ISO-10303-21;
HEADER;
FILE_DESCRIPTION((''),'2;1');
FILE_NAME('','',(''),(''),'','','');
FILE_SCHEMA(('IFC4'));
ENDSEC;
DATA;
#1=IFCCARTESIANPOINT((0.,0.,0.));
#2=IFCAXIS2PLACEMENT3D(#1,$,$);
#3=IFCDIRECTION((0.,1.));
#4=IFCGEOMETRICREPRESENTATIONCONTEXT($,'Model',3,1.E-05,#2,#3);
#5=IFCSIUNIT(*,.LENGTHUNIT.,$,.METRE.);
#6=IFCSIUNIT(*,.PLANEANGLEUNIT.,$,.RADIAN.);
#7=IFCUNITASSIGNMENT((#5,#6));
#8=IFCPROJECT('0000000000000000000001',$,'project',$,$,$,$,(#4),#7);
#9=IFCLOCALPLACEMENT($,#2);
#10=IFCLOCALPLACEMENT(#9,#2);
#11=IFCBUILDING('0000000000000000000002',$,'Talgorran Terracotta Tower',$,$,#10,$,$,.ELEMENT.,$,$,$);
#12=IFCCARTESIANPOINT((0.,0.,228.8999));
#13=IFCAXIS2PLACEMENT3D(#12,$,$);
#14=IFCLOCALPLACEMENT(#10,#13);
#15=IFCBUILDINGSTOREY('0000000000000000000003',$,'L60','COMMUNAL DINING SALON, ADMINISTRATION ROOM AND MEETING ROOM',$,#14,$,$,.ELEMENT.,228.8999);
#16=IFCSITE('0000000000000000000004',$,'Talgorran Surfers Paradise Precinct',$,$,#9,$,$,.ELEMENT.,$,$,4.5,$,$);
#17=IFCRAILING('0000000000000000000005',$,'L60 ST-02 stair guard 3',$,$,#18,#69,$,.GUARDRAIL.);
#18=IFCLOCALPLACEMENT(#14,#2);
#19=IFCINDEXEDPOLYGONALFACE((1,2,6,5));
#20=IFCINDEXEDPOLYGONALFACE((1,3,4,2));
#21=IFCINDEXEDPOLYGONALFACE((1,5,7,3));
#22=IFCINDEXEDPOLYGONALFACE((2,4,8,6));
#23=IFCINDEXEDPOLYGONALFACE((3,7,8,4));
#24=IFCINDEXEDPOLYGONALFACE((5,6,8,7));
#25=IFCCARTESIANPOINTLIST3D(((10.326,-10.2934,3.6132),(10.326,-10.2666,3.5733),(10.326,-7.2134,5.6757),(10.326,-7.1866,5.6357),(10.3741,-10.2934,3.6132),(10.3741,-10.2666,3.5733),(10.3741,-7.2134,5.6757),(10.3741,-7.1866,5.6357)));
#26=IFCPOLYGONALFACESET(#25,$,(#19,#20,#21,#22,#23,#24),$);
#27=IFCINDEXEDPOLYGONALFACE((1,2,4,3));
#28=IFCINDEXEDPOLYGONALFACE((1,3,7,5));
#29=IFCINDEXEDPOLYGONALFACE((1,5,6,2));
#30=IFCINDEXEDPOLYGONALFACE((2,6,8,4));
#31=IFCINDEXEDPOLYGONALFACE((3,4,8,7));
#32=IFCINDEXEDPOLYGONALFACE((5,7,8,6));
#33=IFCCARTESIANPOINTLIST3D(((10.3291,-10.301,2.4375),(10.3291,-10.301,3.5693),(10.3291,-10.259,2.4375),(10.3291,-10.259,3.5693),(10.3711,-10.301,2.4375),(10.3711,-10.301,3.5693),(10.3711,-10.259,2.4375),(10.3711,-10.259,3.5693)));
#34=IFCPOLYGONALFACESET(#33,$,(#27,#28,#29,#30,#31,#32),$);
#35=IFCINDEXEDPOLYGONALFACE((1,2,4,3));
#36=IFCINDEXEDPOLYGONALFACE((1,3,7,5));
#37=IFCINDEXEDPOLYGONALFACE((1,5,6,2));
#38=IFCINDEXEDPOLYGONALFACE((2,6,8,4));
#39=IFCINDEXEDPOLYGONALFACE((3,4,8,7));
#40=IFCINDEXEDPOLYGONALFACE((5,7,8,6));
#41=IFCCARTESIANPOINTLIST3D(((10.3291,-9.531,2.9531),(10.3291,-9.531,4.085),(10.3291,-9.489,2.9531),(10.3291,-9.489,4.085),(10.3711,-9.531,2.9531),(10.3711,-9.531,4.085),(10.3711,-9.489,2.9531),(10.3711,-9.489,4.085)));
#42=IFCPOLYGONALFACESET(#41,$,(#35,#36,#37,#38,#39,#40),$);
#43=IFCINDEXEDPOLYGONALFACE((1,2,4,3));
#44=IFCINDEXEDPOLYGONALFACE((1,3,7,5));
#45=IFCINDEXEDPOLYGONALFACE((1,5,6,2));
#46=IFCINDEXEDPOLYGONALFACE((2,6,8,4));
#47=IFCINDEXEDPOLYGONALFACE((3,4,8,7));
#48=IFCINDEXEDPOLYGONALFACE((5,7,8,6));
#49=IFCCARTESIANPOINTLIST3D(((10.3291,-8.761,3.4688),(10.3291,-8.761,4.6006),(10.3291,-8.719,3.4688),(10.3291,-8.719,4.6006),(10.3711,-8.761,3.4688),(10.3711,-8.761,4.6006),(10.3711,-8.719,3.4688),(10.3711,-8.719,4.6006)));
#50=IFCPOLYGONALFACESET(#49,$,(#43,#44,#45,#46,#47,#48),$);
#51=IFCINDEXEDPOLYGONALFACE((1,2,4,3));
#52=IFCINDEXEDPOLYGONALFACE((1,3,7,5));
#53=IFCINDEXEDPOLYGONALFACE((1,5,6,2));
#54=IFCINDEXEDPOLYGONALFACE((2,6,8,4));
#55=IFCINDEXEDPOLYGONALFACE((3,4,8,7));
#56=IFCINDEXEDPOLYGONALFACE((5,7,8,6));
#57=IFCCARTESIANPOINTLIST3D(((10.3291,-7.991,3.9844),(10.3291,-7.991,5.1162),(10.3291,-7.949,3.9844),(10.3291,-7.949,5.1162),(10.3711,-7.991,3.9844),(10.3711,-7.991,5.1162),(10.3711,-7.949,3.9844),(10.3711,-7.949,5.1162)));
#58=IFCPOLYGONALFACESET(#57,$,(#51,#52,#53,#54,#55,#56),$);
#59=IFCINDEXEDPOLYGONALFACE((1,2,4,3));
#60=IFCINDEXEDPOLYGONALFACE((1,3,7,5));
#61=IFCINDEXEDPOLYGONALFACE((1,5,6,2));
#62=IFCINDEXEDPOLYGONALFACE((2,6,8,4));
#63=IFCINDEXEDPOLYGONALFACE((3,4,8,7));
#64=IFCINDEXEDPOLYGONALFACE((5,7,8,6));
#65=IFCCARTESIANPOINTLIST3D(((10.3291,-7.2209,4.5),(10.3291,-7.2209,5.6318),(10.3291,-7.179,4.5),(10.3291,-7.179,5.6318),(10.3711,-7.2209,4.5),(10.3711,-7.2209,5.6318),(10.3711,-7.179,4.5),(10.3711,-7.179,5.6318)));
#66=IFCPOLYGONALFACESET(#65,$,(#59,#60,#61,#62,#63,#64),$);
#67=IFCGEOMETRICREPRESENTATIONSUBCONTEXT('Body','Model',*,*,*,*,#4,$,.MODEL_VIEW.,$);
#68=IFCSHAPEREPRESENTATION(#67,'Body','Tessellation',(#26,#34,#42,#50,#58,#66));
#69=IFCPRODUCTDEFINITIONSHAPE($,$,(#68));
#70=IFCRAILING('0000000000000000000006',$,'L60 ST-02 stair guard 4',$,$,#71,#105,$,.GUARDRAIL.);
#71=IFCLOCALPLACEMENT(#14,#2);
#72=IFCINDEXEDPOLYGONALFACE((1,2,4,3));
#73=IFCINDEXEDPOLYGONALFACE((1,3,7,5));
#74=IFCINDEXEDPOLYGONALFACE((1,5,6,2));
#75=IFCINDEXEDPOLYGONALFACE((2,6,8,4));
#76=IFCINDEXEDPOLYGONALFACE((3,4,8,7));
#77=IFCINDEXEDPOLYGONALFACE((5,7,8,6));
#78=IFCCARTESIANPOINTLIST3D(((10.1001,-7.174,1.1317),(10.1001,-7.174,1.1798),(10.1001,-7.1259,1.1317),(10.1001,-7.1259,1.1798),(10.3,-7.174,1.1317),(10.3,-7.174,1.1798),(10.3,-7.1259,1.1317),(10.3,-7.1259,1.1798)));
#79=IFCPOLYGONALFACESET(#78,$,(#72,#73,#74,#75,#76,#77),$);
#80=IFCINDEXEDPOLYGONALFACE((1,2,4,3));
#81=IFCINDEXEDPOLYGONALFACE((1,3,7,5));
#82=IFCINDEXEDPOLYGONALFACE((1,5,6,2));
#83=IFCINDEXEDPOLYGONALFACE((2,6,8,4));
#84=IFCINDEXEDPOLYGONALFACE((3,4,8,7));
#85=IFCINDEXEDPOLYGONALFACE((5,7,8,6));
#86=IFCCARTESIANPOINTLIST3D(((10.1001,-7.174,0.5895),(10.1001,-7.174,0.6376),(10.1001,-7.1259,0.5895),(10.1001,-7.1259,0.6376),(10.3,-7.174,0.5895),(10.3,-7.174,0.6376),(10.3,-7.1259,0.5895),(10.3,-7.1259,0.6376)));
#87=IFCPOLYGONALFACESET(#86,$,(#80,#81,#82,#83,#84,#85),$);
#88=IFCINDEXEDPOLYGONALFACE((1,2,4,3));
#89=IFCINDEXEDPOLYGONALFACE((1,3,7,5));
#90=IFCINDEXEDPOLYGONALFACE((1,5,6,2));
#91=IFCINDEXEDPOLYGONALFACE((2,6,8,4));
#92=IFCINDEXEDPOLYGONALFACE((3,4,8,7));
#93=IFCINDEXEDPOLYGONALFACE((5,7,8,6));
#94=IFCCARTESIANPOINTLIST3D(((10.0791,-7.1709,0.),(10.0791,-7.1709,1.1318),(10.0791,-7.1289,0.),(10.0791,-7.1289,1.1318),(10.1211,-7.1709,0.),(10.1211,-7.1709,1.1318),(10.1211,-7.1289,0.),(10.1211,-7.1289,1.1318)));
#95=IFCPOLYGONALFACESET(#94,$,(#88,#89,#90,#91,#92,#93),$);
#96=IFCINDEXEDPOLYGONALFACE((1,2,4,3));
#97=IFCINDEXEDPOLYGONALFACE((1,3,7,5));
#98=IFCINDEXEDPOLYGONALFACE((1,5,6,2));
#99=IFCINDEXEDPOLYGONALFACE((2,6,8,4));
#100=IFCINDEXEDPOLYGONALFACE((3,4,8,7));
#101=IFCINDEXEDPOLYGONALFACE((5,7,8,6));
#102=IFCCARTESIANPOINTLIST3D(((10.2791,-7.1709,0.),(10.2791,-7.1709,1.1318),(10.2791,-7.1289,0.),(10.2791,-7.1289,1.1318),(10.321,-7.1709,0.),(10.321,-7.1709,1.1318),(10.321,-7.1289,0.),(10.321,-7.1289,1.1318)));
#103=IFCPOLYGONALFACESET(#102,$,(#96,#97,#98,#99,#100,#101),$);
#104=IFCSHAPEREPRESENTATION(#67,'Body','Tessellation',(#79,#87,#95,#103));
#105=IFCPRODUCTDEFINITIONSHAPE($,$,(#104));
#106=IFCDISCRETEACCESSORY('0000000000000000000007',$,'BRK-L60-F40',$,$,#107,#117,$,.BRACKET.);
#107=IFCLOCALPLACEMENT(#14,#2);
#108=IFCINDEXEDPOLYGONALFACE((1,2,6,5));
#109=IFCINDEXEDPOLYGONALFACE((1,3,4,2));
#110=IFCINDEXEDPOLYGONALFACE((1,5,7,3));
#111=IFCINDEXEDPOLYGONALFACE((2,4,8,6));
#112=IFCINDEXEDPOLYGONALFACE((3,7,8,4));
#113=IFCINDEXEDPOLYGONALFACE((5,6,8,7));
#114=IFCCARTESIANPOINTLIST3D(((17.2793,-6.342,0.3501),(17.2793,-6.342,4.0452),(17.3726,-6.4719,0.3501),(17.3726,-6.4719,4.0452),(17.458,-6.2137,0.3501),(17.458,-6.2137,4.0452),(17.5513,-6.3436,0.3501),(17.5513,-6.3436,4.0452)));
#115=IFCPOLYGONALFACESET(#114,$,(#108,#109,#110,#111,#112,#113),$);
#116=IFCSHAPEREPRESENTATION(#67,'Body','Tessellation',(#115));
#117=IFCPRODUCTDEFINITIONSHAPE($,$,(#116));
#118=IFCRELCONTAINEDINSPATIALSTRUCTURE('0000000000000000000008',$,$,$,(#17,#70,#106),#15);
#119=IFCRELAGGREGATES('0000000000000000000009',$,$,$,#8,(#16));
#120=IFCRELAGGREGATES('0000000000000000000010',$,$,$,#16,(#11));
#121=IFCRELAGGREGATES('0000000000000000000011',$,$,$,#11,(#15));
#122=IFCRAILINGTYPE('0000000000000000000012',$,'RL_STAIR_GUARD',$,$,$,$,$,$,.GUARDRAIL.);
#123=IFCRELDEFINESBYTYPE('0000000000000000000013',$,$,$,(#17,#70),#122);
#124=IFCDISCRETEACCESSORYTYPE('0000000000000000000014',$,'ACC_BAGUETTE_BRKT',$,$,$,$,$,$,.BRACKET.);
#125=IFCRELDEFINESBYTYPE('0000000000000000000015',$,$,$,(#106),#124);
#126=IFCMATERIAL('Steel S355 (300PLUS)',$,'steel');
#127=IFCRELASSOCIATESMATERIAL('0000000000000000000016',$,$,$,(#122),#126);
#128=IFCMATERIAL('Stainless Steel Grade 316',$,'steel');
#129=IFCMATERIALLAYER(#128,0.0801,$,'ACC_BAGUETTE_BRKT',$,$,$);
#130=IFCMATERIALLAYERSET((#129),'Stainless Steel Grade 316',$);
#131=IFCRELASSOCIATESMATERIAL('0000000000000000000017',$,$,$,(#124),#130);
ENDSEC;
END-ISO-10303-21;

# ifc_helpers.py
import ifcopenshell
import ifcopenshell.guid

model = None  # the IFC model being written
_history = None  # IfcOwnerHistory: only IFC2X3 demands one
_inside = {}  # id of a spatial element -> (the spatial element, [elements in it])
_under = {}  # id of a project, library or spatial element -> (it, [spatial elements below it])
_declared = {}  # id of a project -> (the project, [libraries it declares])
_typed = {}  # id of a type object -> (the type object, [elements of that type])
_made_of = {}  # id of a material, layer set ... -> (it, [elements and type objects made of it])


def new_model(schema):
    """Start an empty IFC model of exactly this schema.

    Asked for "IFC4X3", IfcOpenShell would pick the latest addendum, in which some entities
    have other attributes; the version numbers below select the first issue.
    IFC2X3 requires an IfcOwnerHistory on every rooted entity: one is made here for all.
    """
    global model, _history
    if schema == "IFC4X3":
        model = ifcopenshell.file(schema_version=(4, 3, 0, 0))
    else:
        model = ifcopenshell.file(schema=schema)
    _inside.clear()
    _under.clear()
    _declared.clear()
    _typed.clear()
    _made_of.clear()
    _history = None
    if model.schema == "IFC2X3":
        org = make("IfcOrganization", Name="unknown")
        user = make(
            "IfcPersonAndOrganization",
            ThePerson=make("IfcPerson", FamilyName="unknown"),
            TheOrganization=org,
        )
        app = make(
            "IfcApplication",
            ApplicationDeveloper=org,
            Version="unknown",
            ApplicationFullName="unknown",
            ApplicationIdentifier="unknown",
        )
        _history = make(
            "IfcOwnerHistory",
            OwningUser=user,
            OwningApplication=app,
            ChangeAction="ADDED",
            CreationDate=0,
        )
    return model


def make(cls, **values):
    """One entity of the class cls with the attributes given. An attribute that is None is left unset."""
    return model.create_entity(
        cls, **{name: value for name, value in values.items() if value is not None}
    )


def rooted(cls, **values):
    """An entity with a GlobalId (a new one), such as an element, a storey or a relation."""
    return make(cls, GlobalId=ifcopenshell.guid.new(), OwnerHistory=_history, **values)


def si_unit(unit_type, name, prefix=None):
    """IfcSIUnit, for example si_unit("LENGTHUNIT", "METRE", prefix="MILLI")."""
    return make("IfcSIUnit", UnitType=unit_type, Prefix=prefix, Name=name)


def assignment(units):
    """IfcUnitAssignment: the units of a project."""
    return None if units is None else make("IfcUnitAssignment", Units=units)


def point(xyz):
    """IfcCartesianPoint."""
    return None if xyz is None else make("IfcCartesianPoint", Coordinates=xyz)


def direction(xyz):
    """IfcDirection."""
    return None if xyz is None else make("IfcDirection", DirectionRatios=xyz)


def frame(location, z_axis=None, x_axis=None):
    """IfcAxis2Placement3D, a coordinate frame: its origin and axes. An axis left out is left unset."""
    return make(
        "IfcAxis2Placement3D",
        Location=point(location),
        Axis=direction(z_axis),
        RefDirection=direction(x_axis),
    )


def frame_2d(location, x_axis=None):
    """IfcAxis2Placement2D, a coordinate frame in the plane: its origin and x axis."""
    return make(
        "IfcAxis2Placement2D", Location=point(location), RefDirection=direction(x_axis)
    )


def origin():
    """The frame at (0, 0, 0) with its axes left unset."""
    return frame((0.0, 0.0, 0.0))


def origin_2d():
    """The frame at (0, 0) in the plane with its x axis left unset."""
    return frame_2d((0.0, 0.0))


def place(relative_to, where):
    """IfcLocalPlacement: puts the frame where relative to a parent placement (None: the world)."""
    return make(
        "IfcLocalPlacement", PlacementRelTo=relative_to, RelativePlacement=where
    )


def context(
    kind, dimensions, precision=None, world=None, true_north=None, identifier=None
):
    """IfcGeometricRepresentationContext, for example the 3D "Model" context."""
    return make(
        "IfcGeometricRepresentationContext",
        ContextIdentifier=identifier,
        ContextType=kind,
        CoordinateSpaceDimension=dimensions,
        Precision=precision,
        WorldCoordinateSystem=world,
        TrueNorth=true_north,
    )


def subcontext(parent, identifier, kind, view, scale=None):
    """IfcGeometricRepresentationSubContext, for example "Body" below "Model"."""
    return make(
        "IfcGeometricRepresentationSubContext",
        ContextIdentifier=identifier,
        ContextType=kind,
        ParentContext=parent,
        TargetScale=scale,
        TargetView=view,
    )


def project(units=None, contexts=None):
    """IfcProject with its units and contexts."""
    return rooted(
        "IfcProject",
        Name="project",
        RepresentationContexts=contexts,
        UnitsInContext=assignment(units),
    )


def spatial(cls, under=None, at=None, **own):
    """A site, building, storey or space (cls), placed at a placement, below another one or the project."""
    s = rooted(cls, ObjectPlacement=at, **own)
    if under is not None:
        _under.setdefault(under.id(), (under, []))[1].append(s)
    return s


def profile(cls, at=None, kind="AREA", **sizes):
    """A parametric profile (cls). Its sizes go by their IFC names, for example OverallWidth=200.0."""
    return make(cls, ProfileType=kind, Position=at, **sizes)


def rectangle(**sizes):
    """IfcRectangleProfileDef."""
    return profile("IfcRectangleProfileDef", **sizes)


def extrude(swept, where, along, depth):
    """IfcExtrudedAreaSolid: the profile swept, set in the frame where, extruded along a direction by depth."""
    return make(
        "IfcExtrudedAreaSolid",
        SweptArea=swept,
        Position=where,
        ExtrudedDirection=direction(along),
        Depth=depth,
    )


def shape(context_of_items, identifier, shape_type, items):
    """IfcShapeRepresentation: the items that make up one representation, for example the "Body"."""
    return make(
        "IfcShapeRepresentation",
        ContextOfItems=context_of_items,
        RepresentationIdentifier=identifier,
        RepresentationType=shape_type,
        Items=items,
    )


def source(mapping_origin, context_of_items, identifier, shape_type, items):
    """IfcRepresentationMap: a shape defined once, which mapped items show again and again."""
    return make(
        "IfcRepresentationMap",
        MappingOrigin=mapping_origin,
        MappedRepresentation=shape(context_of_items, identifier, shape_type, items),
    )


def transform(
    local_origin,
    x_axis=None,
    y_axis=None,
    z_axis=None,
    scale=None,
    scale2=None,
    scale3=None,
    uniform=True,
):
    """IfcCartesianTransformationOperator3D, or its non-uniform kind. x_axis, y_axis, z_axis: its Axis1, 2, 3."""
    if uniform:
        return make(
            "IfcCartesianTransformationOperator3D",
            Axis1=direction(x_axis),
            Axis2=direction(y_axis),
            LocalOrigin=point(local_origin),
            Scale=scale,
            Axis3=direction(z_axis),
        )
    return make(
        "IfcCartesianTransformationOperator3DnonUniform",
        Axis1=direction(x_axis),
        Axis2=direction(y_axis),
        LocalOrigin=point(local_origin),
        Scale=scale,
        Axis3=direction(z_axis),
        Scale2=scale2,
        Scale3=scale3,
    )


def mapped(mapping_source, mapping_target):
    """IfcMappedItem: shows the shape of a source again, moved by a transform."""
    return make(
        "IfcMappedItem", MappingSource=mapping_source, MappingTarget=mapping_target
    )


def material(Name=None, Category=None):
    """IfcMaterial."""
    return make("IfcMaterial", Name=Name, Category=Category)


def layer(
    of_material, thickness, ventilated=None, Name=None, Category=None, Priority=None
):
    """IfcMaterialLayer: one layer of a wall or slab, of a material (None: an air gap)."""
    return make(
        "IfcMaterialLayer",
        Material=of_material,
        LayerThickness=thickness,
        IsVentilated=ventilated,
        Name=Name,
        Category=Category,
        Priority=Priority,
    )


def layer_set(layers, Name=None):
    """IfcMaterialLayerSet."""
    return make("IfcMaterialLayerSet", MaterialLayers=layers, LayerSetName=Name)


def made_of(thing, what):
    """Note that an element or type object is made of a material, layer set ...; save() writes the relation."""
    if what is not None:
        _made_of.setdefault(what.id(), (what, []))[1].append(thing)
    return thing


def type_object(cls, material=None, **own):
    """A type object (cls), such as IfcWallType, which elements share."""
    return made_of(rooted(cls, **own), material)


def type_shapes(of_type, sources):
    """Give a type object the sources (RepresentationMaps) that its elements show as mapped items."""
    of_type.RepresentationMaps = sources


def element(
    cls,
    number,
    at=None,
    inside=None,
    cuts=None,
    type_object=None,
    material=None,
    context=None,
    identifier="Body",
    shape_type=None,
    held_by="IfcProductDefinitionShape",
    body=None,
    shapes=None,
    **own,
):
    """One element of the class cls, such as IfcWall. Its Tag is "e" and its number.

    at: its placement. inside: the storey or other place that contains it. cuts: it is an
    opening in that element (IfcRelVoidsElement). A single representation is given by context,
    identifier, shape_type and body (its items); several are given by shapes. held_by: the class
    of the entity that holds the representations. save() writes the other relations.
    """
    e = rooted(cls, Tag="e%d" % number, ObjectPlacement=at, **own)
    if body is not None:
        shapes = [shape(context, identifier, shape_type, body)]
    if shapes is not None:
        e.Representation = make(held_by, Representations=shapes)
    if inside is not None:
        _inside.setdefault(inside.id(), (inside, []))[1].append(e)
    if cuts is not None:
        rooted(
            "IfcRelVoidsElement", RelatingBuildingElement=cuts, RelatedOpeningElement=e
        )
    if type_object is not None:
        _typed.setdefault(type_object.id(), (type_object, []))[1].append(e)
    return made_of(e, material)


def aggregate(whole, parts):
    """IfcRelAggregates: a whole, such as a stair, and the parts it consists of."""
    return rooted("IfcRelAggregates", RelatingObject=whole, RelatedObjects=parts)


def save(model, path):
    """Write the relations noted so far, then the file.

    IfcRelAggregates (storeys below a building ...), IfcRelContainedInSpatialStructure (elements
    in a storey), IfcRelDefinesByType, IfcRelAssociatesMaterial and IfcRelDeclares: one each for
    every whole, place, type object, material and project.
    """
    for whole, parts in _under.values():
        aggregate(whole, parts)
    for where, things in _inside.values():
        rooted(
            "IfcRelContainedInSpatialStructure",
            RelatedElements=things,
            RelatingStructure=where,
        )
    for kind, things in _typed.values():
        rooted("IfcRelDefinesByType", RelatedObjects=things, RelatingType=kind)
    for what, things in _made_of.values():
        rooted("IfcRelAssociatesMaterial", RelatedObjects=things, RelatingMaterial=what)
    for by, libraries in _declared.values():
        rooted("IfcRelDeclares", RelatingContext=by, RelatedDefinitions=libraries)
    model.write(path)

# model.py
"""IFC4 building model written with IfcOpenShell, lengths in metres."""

from ifc_helpers import new_model, si_unit, direction, frame, origin, origin_2d, place, context, subcontext, project, spatial, rectangle, extrude, source, transform, mapped, material, layer, layer_set, type_object, type_shapes, element, save


model = new_model("IFC4")

# Units and contexts
model_context = context("Model", 3, precision=1e-05, world=origin(), true_north=direction((0.0, 1.0)))
body_context = subcontext(model_context, "Body", "Model", "MODEL_VIEW")
ifc_project = project(units=[si_unit("LENGTHUNIT", "METRE"), si_unit("PLANEANGLEUNIT", "RADIAN")], contexts=[model_context])

# Site, building, storey
site_placement = place(None, origin())
site = spatial("IfcSite", under=ifc_project, at=site_placement, Name="Talgorran Surfers Paradise Precinct", CompositionType="ELEMENT", RefElevation=4.5)
building_placement = place(site_placement, origin())
building = spatial("IfcBuilding", under=site, at=building_placement, Name="Talgorran Terracotta Tower", CompositionType="ELEMENT")
storey_placement = place(building_placement, frame((0.0, 0.0, 228.8999)))
storey = spatial("IfcBuildingStorey", under=building, at=storey_placement, Name="L60", Description="COMMUNAL DINING SALON, ADMINISTRATION ROOM AND MEETING ROOM", CompositionType="ELEMENT", Elevation=228.8999)

# Shared definitions
ifc_material_1 = material(Name="Steel S355 (300PLUS)", Category="steel")

# Railings
railing_type_1 = type_object("IfcRailingType", Name="RL_STAIR_GUARD", PredefinedType="GUARDRAIL", material=ifc_material_1)
railing_1_placement = place(storey_placement, frame((10.3501, -10.28, 2.4375)))
element("IfcRailing", 1, at=railing_1_placement, inside=storey, type_object=railing_type_1, Name="L60 ST-02 stair guard 3", PredefinedType="GUARDRAIL", context=body_context, shape_type="SweptSolid", body=[
    extrude(rectangle(XDim=0.0481, YDim=0.0481, at=origin_2d()), frame((0.0, 0.0, 1.1558), z_axis=(0.0, 0.830914, 0.556401), x_axis=(-1.0, 0.0, 0.0)), (0.0, 0.0, 1.0), 3.7068),
    extrude(rectangle(XDim=0.042, YDim=0.042, at=origin_2d()), origin(), (0.0, 0.0, 1.0), 1.1318),
    extrude(rectangle(XDim=0.042, YDim=0.042, at=origin_2d()), frame((0.0, 0.77, 0.5156)), (0.0, 0.0, 1.0), 1.1318),
    extrude(rectangle(XDim=0.042, YDim=0.042, at=origin_2d()), frame((0.0, 1.54, 1.0312)), (0.0, 0.0, 1.0), 1.1318),
    extrude(rectangle(XDim=0.042, YDim=0.042, at=origin_2d()), frame((0.0, 2.3101, 1.5469)), (0.0, 0.0, 1.0), 1.1318),
    extrude(rectangle(XDim=0.042, YDim=0.042, at=origin_2d()), frame((0.0, 3.0801, 2.0625)), (0.0, 0.0, 1.0), 1.1318),
])
railing_2_placement = place(storey_placement, frame((10.1001, -7.1499, 0.0)))
element("IfcRailing", 2, at=railing_2_placement, inside=storey, type_object=railing_type_1, Name="L60 ST-02 stair guard 4", PredefinedType="GUARDRAIL", context=body_context, shape_type="SweptSolid", body=[
    extrude(rectangle(XDim=0.0481, YDim=0.0481, at=origin_2d()), frame((0.0, 0.0, 1.1558), z_axis=(1.0, 0.0, 0.0), x_axis=(0.0, 1.0, 0.0)), (0.0, 0.0, 1.0), 0.2),
    extrude(rectangle(XDim=0.0481, YDim=0.0481, at=origin_2d()), frame((0.0, 0.0, 0.6135), z_axis=(1.0, 0.0, 0.0), x_axis=(0.0, 1.0, 0.0)), (0.0, 0.0, 1.0), 0.2),
    extrude(rectangle(XDim=0.042, YDim=0.042, at=origin_2d()), origin(), (0.0, 0.0, 1.0), 1.1318),
    extrude(rectangle(XDim=0.042, YDim=0.042, at=origin_2d()), frame((0.2, 0.0, 0.0)), (0.0, 0.0, 1.0), 1.1318),
])

# Discrete accessory
ifc_material_2 = material(Name="Stainless Steel Grade 316", Category="steel")
ifc_layer_1 = layer(ifc_material_2, 0.0801, Name="ACC_BAGUETTE_BRKT")
ifc_layer_set_1 = layer_set([ifc_layer_1], Name="Stainless Steel Grade 316")
discrete_accessory_type = type_object("IfcDiscreteAccessoryType", Name="ACC_BAGUETTE_BRKT", PredefinedType="BRACKET", material=ifc_layer_set_1)
shared_shape_1 = source(origin(), body_context, "Body", "SweptSolid", [
    extrude(rectangle(XDim=0.1599, YDim=0.22, at=origin_2d()), origin(), (0.0, 0.0, 1.0), 3.6951),
])
type_shapes(discrete_accessory_type, [shared_shape_1])
discrete_accessory_placement = place(storey_placement, frame((17.4153, -6.3428, 0.3501), z_axis=(0.0, 0.0, 1.0), x_axis=(-0.583116, 0.812389, 0.0)))
element("IfcDiscreteAccessory", 3, at=discrete_accessory_placement, inside=storey, type_object=discrete_accessory_type, Name="BRK-L60-F40", PredefinedType="BRACKET", context=body_context, shape_type="MappedRepresentation", body=[
    mapped(shared_shape_1, transform((0.0, 0.0, 0.0), scale=1.0)),
])

save(model, "model.ifc")
